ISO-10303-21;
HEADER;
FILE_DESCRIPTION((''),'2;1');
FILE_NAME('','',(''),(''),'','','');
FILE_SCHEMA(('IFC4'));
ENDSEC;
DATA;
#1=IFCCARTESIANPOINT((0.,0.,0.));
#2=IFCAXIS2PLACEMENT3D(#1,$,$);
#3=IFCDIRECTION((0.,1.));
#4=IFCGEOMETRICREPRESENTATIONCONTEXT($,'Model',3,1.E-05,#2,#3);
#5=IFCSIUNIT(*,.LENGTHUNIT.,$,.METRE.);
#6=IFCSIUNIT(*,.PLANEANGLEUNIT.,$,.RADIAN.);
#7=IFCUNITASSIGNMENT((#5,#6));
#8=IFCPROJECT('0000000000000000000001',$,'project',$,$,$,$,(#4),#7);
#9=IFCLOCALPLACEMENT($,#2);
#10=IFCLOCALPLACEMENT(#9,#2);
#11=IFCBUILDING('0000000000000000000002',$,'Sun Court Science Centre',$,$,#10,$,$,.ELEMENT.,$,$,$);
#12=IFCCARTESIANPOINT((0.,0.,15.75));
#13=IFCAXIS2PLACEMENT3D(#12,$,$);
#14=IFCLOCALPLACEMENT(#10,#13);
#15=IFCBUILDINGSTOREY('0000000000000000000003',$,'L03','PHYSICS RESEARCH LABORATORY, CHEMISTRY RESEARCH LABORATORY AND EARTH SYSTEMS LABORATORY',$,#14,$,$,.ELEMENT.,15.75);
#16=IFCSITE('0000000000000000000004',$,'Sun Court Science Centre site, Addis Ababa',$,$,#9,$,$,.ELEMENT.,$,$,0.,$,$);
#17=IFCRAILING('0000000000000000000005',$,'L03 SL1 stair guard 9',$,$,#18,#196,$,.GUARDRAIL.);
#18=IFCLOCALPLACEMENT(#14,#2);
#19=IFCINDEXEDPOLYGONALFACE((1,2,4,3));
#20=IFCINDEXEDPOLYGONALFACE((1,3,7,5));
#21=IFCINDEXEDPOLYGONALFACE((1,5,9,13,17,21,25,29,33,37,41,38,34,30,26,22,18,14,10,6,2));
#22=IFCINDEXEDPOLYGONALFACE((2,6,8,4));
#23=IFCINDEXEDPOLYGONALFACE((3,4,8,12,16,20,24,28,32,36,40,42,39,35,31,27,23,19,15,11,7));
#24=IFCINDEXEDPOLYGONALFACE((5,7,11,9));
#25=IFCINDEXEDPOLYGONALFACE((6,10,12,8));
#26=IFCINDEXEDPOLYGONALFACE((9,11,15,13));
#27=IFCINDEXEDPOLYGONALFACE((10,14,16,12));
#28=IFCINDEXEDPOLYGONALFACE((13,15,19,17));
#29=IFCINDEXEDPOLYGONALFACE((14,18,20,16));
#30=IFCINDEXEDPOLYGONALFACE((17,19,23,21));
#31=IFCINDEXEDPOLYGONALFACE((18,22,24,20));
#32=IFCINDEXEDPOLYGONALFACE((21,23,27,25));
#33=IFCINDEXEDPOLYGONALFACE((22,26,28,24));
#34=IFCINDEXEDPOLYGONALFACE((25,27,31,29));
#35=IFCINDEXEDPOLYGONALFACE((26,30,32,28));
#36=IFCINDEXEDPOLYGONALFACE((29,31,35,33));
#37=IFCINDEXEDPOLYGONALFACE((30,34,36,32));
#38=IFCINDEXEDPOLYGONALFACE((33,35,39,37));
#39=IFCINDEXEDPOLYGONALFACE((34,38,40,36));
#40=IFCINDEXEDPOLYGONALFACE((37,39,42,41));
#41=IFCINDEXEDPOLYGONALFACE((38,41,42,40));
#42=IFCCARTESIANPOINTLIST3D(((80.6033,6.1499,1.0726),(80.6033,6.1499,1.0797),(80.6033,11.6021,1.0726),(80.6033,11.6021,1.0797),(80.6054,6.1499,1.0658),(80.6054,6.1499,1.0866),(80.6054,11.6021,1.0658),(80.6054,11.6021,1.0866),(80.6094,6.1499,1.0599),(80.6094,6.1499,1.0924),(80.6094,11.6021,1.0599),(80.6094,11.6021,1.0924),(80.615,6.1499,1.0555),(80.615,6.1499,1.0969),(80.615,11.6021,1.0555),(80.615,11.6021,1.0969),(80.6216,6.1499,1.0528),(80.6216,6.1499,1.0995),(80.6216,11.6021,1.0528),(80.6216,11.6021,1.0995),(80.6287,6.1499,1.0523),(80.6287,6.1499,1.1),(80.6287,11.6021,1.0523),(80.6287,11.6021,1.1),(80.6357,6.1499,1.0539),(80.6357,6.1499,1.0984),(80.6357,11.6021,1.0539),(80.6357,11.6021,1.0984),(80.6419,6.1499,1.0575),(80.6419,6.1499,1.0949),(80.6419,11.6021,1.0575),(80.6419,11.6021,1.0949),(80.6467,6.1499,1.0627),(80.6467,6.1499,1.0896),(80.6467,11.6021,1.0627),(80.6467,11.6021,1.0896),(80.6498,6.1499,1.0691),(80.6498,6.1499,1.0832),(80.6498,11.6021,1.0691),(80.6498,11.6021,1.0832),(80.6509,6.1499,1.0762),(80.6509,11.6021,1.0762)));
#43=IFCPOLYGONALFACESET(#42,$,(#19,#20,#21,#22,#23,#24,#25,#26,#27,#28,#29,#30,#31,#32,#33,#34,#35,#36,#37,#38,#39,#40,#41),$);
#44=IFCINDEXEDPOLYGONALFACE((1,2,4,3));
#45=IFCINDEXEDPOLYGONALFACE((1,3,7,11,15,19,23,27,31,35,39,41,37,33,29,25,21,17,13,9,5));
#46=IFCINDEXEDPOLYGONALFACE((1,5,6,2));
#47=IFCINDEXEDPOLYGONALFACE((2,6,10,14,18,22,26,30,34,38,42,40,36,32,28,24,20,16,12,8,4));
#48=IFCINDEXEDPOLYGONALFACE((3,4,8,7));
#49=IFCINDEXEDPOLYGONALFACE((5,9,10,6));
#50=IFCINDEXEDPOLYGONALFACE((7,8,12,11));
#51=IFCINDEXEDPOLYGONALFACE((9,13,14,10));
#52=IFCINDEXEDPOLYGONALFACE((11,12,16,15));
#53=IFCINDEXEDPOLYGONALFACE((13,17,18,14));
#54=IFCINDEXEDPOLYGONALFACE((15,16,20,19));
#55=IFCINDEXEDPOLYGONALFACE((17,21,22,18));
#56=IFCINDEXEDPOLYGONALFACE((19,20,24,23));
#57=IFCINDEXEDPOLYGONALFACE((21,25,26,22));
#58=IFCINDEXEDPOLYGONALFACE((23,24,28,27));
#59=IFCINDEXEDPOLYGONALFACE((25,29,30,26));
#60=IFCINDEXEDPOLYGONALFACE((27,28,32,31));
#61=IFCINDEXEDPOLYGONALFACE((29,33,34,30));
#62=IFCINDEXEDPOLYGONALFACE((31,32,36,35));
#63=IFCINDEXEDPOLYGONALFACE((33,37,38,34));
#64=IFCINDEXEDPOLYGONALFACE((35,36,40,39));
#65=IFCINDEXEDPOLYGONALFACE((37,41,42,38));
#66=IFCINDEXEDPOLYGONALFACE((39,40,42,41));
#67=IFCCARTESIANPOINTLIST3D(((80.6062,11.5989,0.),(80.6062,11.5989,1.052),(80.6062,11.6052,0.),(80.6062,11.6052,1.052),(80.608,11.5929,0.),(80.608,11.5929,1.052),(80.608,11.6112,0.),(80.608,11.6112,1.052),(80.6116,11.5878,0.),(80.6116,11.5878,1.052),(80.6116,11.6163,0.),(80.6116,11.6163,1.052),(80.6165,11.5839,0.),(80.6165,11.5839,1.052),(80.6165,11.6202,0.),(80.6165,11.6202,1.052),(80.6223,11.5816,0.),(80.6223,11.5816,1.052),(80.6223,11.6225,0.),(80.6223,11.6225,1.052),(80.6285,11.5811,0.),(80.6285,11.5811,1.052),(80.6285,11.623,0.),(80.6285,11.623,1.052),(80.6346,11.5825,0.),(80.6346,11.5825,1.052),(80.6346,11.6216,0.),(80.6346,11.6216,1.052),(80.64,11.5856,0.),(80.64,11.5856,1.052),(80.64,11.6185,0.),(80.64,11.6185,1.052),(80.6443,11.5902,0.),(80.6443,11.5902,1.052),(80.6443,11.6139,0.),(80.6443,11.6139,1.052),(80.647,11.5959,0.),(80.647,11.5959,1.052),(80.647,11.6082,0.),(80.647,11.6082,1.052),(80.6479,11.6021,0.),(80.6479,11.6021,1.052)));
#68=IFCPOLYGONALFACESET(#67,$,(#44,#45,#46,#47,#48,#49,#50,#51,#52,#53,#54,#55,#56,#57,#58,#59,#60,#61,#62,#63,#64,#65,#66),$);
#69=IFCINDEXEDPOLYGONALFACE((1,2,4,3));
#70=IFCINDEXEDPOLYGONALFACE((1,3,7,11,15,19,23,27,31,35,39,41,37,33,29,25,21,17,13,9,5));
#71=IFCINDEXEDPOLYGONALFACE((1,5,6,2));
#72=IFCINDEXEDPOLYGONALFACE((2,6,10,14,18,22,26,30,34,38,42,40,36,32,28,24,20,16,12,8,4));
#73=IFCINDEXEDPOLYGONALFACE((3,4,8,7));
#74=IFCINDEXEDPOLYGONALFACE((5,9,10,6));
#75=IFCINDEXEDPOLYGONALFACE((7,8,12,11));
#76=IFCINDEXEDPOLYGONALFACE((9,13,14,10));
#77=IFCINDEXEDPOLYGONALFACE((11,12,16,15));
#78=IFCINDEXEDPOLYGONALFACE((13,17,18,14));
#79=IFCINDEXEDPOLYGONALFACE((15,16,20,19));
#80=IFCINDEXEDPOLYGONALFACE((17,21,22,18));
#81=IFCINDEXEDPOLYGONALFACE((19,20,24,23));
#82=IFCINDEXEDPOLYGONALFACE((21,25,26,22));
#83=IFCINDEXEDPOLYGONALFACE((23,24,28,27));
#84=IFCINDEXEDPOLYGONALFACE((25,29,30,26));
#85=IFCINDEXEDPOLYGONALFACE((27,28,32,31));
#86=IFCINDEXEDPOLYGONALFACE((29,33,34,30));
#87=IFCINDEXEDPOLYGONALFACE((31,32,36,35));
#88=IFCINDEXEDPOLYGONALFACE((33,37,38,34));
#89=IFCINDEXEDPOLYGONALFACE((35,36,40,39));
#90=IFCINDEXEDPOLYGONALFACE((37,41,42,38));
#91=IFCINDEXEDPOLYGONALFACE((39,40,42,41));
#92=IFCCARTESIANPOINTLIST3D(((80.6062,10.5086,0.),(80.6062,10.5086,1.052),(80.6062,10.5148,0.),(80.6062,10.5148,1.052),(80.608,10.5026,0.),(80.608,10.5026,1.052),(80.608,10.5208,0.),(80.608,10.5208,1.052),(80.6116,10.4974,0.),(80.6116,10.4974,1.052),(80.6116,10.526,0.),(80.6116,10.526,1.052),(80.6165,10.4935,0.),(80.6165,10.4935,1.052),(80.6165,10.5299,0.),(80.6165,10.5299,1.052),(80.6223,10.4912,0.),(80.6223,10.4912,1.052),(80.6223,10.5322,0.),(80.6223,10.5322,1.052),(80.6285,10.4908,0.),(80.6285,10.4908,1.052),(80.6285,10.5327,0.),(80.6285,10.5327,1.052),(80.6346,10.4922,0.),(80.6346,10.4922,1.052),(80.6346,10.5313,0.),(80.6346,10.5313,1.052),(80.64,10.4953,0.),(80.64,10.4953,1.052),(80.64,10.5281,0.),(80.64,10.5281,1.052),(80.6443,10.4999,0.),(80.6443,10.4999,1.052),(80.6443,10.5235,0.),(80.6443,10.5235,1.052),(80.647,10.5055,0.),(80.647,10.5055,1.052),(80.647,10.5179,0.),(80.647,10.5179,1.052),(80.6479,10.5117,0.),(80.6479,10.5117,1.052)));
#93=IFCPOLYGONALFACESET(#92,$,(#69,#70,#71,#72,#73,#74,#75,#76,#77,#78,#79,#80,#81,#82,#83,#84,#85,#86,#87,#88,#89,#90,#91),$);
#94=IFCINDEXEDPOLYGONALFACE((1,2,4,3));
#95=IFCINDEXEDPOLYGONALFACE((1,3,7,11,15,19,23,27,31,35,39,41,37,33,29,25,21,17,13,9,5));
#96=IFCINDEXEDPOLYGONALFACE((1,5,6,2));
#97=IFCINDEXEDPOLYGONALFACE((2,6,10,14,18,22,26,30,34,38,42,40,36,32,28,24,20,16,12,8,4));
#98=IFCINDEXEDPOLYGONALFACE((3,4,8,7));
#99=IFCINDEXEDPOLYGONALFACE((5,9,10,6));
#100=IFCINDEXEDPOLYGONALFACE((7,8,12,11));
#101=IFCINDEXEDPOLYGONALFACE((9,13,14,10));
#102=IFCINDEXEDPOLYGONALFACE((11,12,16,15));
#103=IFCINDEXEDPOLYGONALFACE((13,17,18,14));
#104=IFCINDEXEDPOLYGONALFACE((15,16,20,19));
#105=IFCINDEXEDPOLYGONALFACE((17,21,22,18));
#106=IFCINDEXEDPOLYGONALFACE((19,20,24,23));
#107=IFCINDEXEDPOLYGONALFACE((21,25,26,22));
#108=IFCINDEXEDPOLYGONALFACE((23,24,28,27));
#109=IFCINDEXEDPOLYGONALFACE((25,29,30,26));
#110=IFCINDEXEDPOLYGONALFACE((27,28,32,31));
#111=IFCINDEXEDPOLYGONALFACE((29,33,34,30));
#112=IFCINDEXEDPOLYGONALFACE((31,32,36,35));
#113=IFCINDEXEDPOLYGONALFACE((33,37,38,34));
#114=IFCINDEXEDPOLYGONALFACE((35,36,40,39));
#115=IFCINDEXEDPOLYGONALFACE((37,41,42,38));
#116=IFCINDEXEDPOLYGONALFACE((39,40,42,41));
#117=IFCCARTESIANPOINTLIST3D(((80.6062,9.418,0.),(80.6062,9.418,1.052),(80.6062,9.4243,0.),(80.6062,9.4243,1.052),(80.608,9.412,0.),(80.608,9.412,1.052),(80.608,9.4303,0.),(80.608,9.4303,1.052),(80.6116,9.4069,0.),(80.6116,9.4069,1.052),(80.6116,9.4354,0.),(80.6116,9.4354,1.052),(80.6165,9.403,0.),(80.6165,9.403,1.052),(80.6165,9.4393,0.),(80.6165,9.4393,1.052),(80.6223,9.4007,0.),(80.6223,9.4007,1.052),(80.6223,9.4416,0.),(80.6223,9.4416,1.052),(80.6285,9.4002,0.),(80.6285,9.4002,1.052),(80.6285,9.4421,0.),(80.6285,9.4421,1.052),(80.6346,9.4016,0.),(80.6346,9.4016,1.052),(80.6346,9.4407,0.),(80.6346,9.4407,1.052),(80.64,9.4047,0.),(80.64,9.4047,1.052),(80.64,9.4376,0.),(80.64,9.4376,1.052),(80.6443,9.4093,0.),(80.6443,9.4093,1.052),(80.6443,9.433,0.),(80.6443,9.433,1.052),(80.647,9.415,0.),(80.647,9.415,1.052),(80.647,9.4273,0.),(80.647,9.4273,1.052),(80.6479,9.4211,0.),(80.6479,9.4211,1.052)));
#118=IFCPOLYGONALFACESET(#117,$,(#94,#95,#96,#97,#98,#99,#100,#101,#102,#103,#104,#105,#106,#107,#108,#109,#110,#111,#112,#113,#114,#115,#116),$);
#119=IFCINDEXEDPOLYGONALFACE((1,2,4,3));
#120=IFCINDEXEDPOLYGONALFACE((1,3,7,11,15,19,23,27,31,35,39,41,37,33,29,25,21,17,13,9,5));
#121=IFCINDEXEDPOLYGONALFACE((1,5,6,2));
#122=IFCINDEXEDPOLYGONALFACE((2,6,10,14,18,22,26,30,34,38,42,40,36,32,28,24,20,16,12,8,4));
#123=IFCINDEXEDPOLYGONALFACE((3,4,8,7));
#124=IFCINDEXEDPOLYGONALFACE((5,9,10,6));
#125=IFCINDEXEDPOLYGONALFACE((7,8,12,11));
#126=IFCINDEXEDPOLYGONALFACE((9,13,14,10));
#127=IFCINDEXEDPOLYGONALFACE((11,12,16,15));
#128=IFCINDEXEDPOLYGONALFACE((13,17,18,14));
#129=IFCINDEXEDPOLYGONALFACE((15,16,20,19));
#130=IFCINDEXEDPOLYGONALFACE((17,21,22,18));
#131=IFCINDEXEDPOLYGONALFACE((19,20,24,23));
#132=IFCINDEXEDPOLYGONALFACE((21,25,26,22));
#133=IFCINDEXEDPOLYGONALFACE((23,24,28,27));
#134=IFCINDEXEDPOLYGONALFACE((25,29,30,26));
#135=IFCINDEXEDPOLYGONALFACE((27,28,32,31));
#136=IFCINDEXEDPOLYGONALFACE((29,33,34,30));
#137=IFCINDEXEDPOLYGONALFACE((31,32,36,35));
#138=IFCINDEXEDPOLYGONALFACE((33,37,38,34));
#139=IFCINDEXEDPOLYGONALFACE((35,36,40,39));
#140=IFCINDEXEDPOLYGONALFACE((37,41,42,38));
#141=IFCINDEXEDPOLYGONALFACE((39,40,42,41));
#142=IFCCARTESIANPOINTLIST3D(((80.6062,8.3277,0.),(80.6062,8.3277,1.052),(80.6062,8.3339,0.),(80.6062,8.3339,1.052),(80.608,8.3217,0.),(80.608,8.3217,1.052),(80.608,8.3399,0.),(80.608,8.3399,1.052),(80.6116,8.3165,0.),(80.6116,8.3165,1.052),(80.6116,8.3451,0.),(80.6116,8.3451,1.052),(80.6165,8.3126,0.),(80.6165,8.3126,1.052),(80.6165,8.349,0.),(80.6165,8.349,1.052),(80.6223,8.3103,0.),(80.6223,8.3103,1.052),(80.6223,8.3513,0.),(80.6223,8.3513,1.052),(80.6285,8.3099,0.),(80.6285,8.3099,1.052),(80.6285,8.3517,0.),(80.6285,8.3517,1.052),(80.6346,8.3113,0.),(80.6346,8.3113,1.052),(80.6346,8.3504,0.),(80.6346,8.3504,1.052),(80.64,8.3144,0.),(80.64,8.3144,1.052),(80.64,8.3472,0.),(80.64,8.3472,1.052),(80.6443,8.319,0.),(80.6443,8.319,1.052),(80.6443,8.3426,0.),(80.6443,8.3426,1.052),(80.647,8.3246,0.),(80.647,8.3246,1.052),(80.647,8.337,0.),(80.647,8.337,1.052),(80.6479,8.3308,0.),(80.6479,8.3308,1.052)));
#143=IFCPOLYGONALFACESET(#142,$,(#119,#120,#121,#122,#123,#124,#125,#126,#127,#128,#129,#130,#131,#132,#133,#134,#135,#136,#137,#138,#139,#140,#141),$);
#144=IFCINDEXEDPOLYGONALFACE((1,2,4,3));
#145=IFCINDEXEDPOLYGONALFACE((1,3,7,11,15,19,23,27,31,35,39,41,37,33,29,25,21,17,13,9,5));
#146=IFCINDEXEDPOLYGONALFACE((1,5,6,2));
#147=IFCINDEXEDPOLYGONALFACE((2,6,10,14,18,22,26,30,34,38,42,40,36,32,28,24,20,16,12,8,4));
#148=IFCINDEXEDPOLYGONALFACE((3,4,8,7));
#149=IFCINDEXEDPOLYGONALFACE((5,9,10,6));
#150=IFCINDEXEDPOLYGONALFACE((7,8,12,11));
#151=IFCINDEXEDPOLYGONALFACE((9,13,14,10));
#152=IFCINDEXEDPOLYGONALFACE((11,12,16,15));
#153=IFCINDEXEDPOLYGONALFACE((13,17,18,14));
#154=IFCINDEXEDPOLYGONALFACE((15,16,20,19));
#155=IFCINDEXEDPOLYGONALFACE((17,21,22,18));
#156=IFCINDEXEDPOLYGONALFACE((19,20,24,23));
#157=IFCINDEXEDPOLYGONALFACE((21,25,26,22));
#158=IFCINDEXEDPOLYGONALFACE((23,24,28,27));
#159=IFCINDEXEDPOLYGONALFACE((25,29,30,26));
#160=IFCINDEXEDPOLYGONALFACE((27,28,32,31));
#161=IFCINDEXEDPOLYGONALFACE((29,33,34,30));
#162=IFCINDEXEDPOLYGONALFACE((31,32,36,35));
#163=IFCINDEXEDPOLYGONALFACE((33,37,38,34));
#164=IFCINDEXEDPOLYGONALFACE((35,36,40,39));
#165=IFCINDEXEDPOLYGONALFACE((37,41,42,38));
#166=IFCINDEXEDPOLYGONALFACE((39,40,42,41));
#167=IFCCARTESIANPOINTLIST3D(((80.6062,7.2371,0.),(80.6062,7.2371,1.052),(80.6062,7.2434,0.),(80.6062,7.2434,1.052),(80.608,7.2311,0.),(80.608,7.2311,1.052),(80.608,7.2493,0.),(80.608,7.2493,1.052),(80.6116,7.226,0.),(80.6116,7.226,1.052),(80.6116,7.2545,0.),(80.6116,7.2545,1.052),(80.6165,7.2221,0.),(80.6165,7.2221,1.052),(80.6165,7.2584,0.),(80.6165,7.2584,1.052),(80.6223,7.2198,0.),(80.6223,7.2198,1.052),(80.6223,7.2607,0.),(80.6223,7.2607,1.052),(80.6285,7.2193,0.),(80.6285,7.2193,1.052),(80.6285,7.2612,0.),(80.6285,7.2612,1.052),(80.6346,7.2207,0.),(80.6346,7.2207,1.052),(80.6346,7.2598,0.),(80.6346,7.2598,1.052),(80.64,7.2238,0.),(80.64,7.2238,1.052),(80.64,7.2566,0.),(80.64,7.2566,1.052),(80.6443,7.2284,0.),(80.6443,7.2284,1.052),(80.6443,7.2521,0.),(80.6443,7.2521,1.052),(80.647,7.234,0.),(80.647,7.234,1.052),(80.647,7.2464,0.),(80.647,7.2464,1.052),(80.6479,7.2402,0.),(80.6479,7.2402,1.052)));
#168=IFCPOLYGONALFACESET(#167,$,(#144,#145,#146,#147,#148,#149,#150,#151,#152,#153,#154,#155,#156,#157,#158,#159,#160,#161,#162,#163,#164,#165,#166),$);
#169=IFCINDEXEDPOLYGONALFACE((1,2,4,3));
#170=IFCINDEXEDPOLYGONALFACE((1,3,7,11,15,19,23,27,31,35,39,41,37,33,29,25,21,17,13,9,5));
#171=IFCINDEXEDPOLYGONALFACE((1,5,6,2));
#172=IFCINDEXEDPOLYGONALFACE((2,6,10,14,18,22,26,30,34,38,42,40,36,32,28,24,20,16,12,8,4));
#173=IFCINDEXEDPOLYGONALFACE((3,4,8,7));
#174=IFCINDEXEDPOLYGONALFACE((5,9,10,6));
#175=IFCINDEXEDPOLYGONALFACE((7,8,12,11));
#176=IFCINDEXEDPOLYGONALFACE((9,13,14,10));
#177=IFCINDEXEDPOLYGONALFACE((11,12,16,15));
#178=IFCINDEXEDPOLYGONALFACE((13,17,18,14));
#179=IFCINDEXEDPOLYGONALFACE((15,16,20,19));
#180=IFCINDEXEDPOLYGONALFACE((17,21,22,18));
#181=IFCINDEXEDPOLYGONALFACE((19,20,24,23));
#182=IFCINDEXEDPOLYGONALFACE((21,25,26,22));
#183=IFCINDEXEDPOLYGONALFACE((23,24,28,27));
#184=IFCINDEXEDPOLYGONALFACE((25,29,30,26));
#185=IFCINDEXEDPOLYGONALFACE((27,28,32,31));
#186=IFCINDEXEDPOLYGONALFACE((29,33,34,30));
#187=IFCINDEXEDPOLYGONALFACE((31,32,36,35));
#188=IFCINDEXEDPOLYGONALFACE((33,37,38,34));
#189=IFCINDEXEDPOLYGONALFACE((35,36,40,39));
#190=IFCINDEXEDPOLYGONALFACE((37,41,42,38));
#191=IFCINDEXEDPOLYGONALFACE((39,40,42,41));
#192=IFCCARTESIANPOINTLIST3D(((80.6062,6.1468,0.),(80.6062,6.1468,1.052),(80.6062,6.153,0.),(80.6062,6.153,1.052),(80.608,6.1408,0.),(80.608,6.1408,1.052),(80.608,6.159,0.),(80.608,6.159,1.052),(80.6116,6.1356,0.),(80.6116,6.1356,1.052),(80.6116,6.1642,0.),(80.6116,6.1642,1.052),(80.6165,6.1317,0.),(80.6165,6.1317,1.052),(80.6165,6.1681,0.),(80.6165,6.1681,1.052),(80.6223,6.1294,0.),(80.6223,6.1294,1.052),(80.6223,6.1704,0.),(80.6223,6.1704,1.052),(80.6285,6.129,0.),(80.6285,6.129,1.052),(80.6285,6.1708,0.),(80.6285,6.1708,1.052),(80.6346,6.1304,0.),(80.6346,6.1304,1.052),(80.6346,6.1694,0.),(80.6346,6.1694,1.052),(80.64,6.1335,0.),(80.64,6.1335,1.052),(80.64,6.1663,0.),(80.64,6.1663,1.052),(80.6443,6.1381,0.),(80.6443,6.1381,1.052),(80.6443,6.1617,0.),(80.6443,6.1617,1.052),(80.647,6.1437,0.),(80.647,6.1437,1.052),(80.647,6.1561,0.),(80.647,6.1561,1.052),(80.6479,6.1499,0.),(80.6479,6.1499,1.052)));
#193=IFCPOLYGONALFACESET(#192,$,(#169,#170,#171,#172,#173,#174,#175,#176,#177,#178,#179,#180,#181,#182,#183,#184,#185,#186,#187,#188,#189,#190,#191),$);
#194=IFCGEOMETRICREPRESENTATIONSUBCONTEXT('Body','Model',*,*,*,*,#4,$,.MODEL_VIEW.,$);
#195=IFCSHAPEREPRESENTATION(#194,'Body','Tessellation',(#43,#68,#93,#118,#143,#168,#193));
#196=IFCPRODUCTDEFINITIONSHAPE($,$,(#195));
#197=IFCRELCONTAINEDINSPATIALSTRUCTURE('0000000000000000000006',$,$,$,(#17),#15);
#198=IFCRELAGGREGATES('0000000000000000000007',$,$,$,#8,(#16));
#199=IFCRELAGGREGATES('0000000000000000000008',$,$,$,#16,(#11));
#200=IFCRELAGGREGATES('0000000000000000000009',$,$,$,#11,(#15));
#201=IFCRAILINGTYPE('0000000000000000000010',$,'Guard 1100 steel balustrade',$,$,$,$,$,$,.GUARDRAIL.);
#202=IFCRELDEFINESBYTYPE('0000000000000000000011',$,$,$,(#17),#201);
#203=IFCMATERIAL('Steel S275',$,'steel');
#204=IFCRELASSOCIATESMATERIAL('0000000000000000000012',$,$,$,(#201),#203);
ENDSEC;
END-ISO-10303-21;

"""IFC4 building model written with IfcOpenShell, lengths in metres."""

from ifc_helpers import new_model, si_unit, direction, frame, origin, origin_2d, place, context, subcontext, project, spatial, circle, extrude, material, type_object, element, save


model = new_model("IFC4")

# Units and contexts
model_context = context("Model", 3, precision=1e-05, world=origin(), true_north=direction((0.0, 1.0)))
body_context = subcontext(model_context, "Body", "Model", "MODEL_VIEW")
ifc_project = project(units=[si_unit("LENGTHUNIT", "METRE"), si_unit("PLANEANGLEUNIT", "RADIAN")], contexts=[model_context])

# Site, building, storey
site_placement = place(None, origin())
site = spatial("IfcSite", under=ifc_project, at=site_placement, Name="Sun Court Science Centre site, Addis Ababa", CompositionType="ELEMENT", RefElevation=0.0)
building_placement = place(site_placement, origin())
building = spatial("IfcBuilding", under=site, at=building_placement, Name="Sun Court Science Centre", CompositionType="ELEMENT")
storey_placement = place(building_placement, frame((0.0, 0.0, 15.75)))
storey = spatial("IfcBuildingStorey", under=building, at=storey_placement, Name="L03", Description="PHYSICS RESEARCH LABORATORY, CHEMISTRY RESEARCH LABORATORY AND EARTH SYSTEMS LABORATORY", CompositionType="ELEMENT", Elevation=15.75)

# Railing
ifc_material_1 = material(Name="Steel S275", Category="steel")
railing_type_1 = type_object("IfcRailingType", Name="Guard 1100 steel balustrade", PredefinedType="GUARDRAIL", material=ifc_material_1)
for number, where, name in (
    (1, (80.627, 11.6021, 0.0), "L03 SL1 stair guard 9"),
):
    element("IfcRailing", number, at=place(storey_placement, frame(where)), inside=storey, type_object=railing_type_1, Name=name, PredefinedType="GUARDRAIL", context=body_context, shape_type="SweptSolid", body=[
        extrude(circle(Radius=0.0239, at=origin_2d()), frame((0.0, 0.0, 1.0762), z_axis=(0.0, -1.0, 0.0), x_axis=(1.0, 0.0, 0.0)), (0.0, 0.0, 1.0), 5.4521),
        extrude(circle(Radius=0.021, at=origin_2d()), origin(), (0.0, 0.0, 1.0), 1.052),
        extrude(circle(Radius=0.021, at=origin_2d()), frame((0.0, -1.0903, 0.0)), (0.0, 0.0, 1.0), 1.052),
        extrude(circle(Radius=0.021, at=origin_2d()), frame((0.0, -2.1809, 0.0)), (0.0, 0.0, 1.0), 1.052),
        extrude(circle(Radius=0.021, at=origin_2d()), frame((0.0, -3.2712, 0.0)), (0.0, 0.0, 1.0), 1.052),
        extrude(circle(Radius=0.021, at=origin_2d()), frame((0.0, -4.3618, 0.0)), (0.0, 0.0, 1.0), 1.052),
        extrude(circle(Radius=0.021, at=origin_2d()), frame((0.0, -5.4521, 0.0)), (0.0, 0.0, 1.0), 1.052),
    ])

save(model, "model.ifc")
